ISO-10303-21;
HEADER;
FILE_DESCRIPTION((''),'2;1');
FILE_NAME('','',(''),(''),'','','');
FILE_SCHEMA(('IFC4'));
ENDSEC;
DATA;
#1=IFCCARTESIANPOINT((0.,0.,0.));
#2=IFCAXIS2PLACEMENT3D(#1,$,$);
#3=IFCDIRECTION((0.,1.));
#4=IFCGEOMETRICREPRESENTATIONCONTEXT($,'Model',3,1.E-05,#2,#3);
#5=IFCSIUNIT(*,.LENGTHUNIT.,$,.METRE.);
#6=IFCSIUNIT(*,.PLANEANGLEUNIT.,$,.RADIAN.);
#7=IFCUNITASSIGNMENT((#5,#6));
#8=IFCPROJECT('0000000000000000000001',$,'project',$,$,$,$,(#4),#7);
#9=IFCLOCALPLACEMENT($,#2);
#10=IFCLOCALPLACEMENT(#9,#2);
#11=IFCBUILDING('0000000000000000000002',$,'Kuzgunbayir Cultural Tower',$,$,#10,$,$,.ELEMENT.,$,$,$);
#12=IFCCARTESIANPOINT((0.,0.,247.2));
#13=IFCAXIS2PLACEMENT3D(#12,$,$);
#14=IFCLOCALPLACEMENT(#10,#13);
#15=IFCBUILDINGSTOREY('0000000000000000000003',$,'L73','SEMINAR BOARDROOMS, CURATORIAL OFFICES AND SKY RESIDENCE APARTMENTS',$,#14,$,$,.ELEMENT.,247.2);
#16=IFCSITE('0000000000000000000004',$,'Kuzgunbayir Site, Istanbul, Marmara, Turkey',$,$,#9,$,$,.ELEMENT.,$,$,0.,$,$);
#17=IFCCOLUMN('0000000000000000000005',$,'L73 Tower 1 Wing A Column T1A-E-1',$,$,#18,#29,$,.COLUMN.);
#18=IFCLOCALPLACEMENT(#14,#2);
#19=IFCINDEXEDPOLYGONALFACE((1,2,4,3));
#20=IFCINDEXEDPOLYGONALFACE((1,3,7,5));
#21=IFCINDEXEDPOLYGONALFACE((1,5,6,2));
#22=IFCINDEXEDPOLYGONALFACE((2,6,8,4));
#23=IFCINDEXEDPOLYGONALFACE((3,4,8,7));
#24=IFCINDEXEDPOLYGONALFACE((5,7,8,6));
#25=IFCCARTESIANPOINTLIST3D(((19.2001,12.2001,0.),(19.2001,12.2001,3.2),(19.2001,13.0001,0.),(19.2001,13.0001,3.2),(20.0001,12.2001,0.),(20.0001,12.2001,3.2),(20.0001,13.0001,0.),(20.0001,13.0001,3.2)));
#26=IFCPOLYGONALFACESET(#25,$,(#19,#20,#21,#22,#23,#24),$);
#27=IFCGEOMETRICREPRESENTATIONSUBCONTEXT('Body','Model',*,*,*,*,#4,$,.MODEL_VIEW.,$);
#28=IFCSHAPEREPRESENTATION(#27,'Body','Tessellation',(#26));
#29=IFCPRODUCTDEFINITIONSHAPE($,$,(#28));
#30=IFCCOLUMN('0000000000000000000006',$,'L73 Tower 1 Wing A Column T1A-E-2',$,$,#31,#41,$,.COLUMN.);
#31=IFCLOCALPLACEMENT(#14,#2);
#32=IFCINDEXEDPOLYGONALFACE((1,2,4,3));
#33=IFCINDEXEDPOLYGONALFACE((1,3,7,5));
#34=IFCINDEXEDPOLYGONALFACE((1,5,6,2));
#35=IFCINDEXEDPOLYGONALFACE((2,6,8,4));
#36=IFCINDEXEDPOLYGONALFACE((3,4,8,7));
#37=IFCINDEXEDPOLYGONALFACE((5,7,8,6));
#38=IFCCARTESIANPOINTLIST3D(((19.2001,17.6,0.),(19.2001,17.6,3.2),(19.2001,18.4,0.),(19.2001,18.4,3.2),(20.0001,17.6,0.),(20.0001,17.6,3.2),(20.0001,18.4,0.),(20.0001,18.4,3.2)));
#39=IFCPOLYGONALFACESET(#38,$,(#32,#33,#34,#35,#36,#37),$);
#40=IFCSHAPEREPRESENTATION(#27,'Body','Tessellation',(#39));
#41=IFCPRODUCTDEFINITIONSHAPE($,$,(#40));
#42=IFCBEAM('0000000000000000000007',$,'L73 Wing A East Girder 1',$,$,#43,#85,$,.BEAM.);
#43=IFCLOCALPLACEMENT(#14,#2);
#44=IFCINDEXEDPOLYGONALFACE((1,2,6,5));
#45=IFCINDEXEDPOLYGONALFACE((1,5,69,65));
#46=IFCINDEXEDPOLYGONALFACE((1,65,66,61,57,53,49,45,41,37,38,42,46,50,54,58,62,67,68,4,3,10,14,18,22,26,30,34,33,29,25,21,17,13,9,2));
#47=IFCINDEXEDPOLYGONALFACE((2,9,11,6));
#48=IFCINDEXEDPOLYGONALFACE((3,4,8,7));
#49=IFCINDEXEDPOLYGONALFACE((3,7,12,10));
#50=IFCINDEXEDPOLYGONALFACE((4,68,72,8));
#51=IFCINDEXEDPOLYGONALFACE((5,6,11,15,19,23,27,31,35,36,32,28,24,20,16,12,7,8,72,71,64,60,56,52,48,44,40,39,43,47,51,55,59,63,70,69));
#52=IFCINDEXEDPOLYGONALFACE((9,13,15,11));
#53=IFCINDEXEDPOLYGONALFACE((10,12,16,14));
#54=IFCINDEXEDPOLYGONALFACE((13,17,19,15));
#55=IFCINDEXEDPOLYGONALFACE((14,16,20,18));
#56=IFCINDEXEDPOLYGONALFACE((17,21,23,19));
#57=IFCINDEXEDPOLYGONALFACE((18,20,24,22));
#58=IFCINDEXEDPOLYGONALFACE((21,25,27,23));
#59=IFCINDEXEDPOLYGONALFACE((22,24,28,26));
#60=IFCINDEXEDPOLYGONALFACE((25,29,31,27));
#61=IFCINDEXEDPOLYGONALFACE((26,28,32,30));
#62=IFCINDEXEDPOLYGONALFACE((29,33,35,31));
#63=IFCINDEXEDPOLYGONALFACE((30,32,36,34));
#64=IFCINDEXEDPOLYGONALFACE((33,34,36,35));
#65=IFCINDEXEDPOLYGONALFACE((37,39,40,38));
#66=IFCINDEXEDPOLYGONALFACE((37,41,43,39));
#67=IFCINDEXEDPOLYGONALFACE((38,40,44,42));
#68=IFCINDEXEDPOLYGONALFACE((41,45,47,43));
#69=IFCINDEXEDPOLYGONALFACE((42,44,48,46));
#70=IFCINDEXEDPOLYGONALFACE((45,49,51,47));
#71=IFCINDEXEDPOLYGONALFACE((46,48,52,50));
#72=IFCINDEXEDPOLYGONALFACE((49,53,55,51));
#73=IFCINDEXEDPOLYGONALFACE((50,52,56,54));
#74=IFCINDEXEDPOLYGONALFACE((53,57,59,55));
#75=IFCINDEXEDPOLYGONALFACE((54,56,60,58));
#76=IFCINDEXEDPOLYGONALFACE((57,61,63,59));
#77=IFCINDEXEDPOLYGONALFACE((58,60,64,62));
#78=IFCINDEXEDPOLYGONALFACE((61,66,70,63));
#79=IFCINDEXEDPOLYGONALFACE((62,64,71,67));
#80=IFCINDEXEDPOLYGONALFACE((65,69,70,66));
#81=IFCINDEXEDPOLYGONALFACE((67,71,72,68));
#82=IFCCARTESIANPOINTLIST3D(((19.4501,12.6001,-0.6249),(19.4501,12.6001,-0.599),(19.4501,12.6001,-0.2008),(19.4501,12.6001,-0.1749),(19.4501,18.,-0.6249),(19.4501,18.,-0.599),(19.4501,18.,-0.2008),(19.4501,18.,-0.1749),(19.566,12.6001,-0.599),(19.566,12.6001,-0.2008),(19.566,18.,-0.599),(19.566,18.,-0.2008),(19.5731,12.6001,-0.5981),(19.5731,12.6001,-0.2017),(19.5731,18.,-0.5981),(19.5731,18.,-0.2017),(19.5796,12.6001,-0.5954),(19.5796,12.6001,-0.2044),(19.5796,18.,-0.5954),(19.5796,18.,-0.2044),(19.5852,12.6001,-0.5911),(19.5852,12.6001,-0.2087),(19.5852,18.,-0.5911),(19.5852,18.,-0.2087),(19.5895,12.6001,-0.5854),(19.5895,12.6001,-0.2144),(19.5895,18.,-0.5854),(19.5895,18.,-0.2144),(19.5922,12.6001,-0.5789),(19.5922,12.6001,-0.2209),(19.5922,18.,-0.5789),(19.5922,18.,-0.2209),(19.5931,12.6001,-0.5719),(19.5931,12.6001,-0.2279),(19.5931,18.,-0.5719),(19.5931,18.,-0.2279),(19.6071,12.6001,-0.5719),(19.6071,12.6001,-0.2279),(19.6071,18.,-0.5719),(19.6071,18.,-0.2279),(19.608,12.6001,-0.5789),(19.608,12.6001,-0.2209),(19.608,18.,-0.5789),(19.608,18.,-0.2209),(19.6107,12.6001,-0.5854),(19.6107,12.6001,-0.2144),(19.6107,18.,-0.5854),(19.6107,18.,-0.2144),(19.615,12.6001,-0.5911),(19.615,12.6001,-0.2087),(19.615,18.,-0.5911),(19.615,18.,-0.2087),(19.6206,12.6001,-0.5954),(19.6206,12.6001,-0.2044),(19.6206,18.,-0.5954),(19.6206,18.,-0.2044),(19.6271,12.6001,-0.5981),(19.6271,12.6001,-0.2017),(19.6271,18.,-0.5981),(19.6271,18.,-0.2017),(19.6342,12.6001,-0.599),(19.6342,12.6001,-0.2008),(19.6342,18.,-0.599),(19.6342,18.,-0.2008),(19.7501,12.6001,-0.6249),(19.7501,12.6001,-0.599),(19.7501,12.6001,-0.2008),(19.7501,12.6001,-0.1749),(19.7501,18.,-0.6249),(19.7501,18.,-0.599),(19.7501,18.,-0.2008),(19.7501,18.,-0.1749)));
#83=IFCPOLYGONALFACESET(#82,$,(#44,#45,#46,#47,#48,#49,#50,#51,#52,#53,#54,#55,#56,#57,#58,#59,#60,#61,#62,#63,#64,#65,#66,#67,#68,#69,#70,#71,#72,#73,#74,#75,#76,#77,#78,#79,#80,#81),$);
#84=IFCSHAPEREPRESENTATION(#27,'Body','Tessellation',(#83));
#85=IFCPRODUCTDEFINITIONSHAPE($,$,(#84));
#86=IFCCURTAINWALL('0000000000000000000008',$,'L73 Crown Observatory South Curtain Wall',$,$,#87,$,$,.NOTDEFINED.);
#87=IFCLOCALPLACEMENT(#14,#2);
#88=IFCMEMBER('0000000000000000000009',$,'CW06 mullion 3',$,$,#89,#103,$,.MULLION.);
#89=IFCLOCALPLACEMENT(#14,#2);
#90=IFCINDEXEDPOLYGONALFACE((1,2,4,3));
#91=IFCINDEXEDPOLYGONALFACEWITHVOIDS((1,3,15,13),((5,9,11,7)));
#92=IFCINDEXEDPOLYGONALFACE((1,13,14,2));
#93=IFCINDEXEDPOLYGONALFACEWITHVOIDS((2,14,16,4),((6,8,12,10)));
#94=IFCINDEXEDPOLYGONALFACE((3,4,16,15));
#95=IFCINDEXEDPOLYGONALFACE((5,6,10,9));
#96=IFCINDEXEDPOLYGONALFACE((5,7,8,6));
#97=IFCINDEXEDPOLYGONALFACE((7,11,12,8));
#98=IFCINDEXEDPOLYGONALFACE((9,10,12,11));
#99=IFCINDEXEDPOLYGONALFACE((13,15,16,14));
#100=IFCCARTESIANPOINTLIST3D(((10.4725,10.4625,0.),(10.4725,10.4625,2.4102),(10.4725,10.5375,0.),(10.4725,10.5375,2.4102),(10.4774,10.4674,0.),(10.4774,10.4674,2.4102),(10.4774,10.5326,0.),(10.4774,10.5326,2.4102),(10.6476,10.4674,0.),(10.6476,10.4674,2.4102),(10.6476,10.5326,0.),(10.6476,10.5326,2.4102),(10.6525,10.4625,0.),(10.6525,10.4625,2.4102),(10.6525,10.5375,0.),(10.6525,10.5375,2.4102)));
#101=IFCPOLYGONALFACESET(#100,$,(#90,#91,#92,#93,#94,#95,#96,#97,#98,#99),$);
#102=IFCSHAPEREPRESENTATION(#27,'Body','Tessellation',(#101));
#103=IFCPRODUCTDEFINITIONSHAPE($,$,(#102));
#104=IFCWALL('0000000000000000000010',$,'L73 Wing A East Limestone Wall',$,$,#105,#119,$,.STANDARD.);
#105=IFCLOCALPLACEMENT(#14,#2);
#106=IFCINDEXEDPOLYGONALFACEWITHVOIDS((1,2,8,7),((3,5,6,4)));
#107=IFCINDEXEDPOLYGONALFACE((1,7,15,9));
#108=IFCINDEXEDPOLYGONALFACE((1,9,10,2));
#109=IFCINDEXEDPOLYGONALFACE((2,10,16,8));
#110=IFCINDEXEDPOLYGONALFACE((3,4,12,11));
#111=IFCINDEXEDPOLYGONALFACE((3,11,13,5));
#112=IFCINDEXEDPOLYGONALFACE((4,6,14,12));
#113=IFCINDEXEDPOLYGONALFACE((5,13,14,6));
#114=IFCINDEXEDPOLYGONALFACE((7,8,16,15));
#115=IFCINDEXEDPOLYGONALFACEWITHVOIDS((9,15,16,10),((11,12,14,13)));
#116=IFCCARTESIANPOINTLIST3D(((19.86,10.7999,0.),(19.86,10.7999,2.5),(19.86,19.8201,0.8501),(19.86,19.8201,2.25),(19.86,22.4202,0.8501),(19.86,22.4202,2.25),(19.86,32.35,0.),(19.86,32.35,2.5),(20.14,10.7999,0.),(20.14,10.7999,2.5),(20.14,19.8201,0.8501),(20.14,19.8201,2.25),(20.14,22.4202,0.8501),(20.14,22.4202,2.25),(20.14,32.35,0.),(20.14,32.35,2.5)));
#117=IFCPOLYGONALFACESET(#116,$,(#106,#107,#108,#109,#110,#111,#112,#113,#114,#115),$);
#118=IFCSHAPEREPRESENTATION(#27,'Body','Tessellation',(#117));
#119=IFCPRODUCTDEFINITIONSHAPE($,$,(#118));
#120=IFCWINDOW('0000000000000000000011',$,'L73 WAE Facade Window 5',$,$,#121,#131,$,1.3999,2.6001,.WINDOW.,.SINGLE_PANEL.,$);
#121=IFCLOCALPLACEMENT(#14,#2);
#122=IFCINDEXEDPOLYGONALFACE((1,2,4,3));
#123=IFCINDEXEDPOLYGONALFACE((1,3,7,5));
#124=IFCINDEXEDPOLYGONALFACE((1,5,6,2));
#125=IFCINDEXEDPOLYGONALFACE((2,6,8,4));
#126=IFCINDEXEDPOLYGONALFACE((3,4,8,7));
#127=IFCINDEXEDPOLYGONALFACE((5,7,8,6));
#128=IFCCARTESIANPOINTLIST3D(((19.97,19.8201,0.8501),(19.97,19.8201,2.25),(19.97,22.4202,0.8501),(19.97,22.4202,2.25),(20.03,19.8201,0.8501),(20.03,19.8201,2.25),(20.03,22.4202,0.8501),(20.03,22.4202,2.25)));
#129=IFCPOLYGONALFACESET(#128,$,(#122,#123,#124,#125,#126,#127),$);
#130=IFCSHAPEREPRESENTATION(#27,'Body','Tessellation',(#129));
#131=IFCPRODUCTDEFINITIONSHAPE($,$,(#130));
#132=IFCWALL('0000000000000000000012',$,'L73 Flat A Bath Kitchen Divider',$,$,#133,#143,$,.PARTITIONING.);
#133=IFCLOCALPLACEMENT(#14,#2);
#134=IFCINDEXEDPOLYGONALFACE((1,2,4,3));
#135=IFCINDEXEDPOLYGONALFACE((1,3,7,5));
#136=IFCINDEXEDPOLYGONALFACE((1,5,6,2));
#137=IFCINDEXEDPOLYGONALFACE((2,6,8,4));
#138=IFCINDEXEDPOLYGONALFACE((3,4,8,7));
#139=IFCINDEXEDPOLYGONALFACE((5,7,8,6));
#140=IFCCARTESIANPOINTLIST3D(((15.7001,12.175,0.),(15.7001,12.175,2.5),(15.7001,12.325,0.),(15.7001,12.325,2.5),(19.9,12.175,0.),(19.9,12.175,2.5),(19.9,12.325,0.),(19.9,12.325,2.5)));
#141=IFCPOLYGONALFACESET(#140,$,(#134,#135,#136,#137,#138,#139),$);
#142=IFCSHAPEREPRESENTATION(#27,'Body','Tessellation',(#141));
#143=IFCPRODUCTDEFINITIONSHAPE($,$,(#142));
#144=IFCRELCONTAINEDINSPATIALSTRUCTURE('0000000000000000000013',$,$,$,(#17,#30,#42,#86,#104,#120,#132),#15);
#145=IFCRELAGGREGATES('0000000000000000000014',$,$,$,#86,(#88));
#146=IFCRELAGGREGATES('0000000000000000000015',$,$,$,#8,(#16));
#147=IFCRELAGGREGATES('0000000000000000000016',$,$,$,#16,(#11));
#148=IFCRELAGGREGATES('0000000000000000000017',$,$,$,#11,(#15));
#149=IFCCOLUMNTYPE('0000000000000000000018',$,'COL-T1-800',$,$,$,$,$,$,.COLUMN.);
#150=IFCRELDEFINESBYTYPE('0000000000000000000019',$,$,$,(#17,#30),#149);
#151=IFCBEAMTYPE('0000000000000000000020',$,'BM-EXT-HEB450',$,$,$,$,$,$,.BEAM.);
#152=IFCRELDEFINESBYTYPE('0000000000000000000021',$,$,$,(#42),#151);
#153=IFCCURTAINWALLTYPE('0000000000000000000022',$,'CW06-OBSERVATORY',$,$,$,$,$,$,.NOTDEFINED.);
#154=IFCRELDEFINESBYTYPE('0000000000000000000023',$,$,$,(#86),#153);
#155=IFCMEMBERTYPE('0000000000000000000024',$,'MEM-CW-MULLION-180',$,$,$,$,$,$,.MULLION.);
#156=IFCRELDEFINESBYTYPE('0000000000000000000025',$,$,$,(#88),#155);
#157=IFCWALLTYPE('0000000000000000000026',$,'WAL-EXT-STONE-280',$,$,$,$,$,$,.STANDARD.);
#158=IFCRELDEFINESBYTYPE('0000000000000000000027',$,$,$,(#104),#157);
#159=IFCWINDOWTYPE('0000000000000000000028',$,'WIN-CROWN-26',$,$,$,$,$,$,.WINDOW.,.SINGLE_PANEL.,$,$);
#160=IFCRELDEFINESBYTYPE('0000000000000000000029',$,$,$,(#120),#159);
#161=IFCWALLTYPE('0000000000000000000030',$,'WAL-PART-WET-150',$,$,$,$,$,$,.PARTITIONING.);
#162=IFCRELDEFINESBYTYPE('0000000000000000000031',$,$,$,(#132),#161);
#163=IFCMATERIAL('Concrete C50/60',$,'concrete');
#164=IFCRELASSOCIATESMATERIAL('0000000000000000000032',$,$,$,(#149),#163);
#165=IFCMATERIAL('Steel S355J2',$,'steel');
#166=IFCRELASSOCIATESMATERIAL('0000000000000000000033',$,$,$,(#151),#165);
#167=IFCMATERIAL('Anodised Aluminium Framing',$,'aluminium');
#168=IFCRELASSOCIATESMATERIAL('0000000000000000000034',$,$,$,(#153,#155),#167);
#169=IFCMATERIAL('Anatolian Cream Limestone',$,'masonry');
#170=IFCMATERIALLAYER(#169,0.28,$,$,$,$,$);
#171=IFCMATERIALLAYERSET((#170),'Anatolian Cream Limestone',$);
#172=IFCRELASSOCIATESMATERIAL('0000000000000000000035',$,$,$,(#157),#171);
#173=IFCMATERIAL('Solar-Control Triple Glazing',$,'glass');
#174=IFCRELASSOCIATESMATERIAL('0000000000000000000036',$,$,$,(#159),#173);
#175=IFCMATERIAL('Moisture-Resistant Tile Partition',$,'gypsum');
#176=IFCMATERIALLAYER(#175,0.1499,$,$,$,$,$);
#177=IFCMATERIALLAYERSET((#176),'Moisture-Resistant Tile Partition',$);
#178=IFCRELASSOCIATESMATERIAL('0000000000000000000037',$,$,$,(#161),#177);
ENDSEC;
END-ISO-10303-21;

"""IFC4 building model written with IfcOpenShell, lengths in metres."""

from ifc_helpers import new_model, si_unit, direction, frame, frame_2d, origin, origin_2d, place, context, subcontext, project, spatial, rectangle, hollow_rectangle, i_section, extrude, material, layer, layer_set, material_profile, profile_set, type_object, element, fill, aggregate, save


model = new_model("IFC4")

# Units and contexts
model_context = context("Model", 3, precision=1e-05, world=origin(), true_north=direction((0.0, 1.0)))
body_context = subcontext(model_context, "Body", "Model", "MODEL_VIEW")
ifc_project = project(units=[si_unit("LENGTHUNIT", "METRE"), si_unit("PLANEANGLEUNIT", "RADIAN")], contexts=[model_context])

# Site, building, storey
site_placement = place(None, origin())
site = spatial("IfcSite", under=ifc_project, at=site_placement, Name="Kuzgunbayir Site, Istanbul, Marmara, Turkey", CompositionType="ELEMENT", RefElevation=0.0)
building_placement = place(site_placement, origin())
building = spatial("IfcBuilding", under=site, at=building_placement, Name="Kuzgunbayir Cultural Tower", CompositionType="ELEMENT")
storey_placement = place(building_placement, frame((0.0, 0.0, 247.2)))
storey = spatial("IfcBuildingStorey", under=building, at=storey_placement, Name="L73", Description="SEMINAR BOARDROOMS, CURATORIAL OFFICES AND SKY RESIDENCE APARTMENTS", CompositionType="ELEMENT", Elevation=247.2)

# Columns
ifc_material_1 = material(Name="Concrete C50/60", Category="concrete")
ifc_material_profile_1 = material_profile(ifc_material_1, rectangle(XDim=0.8, YDim=0.8, at=origin_2d()), Name="RC 800x800")
ifc_profile_set_1 = profile_set([ifc_material_profile_1], Name="Concrete C50/60")
column_type = type_object("IfcColumnType", Name="COL-T1-800", PredefinedType="COLUMN", material=ifc_profile_set_1)
for number, where, z_axis, x_axis, name in (
    (1, (19.6001, 12.6001, 0.0), (0.0, 0.0, 1.0), (1.0, 0.0, 0.0), "L73 Tower 1 Wing A Column T1A-E-1"),
    (2, (19.6001, 18.0, 0.0), (0.0, 0.0, 1.0), (1.0, 0.0, 0.0), "L73 Tower 1 Wing A Column T1A-E-2"),
):
    element("IfcColumn", number, at=place(storey_placement, frame(where, z_axis=z_axis, x_axis=x_axis)), inside=storey, type_object=column_type, Name=name, PredefinedType="COLUMN", context=body_context, shape_type="SweptSolid", body=[
        extrude(rectangle(XDim=0.8, YDim=0.8, at=origin_2d()), origin(), (0.0, 0.0, 1.0), 3.2),
    ])

# Beam
ifc_material_2 = material(Name="Steel S355J2", Category="steel")
ifc_material_profile_2 = material_profile(ifc_material_2, i_section(OverallWidth=0.3, OverallDepth=0.45, WebThickness=0.0139, FlangeThickness=0.0259, FilletRadius=0.0271, at=origin_2d()), Name="HEB 450")
ifc_profile_set_2 = profile_set([ifc_material_profile_2], Name="Steel S355J2")
beam_type = type_object("IfcBeamType", Name="BM-EXT-HEB450", PredefinedType="BEAM", material=ifc_profile_set_2)
beam_placement = place(storey_placement, frame((19.6001, 12.6001, -0.3999), z_axis=(0.0, 1.0, 0.0), x_axis=(-1.0, 0.0, 0.0)))
element("IfcBeam", 3, at=beam_placement, inside=storey, type_object=beam_type, Name="L73 Wing A East Girder 1", PredefinedType="BEAM", context=body_context, shape_type="SweptSolid", body=[
    extrude(i_section(OverallWidth=0.3, OverallDepth=0.45, WebThickness=0.0139, FlangeThickness=0.0259, FilletRadius=0.0271, at=origin_2d()), origin(), (0.0, 0.0, 1.0), 5.3999),
])

# Curtain wall, member
ifc_material_3 = material(Name="Anodised Aluminium Framing", Category="aluminium")
curtain_wall_type = type_object("IfcCurtainWallType", Name="CW06-OBSERVATORY", PredefinedType="NOTDEFINED", material=ifc_material_3)
curtain_wall_placement = place(storey_placement, origin())
curtain_wall = element("IfcCurtainWall", 4, at=curtain_wall_placement, inside=storey, type_object=curtain_wall_type, Name="L73 Crown Observatory South Curtain Wall", PredefinedType="NOTDEFINED")
ifc_material_profile_3 = material_profile(ifc_material_3, hollow_rectangle(XDim=0.075, YDim=0.1799, WallThickness=0.0049, at=origin_2d()), Name="RHS 180x75x5")
ifc_profile_set_3 = profile_set([ifc_material_profile_3], Name="Anodised Aluminium Framing")
member_type = type_object("IfcMemberType", Name="MEM-CW-MULLION-180", PredefinedType="MULLION", material=ifc_profile_set_3)
member_placement = place(storey_placement, frame((10.5625, 10.5, 0.0), z_axis=(0.0, 0.0, 1.0), x_axis=(0.0, 1.0, 0.0)))
member = element("IfcMember", 5, at=member_placement, type_object=member_type, Name="CW06 mullion 3", PredefinedType="MULLION", context=body_context, shape_type="SweptSolid", body=[
    extrude(hollow_rectangle(XDim=0.075, YDim=0.1799, WallThickness=0.0049, at=origin_2d()), origin(), (0.0, 0.0, 1.0), 2.4102),
])
aggregate(curtain_wall, [member])

# Wall, opening, window
ifc_material_4 = material(Name="Anatolian Cream Limestone", Category="masonry")
ifc_layer_1 = layer(ifc_material_4, 0.28)
ifc_layer_set_1 = layer_set([ifc_layer_1], Name="Anatolian Cream Limestone")
wall_type_1 = type_object("IfcWallType", Name="WAL-EXT-STONE-280", PredefinedType="STANDARD", material=ifc_layer_set_1)
wall_1_placement = place(storey_placement, frame((20.0, 10.8, 0.0), z_axis=(0.0, 0.0, 1.0), x_axis=(0.0, 1.0, 0.0)))
wall_1 = element("IfcWall", 6, at=wall_1_placement, inside=storey, type_object=wall_type_1, Name="L73 Wing A East Limestone Wall", PredefinedType="STANDARD", context=body_context, shape_type="SweptSolid", body=[
    extrude(rectangle(XDim=21.55, YDim=0.28, at=frame_2d((10.7749, 0.0))), origin(), (0.0, 0.0, 1.0), 2.5),
])
opening_1_placement = place(wall_1_placement, frame((9.02, 0.0, 0.8501)))
opening_1 = element("IfcOpeningElement", 7, at=opening_1_placement, cuts=wall_1, PredefinedType="OPENING", context=body_context, shape_type="SweptSolid", body=[
    extrude(rectangle(XDim=2.6001, YDim=1.3999, at=frame_2d((1.3, 0.7))), frame((0.0, 0.1499, 0.0), z_axis=(0.0, -1.0, 0.0), x_axis=(1.0, 0.0, 0.0)), (0.0, 0.0, 1.0), 0.3),
])
ifc_material_5 = material(Name="Solar-Control Triple Glazing", Category="glass")
window_type = type_object("IfcWindowType", Name="WIN-CROWN-26", PartitioningType="SINGLE_PANEL", PredefinedType="WINDOW", material=ifc_material_5)
window_placement = place(opening_1_placement, origin())
window = element("IfcWindow", 8, at=window_placement, inside=storey, type_object=window_type, Name="L73 WAE Facade Window 5", OverallHeight=1.3999, OverallWidth=2.6001, PartitioningType="SINGLE_PANEL", PredefinedType="WINDOW", context=body_context, shape_type="SweptSolid", body=[
    extrude(rectangle(XDim=2.6001, YDim=1.3999, at=frame_2d((1.3, 0.7))), frame((0.0, 0.03, 0.0), z_axis=(0.0, -1.0, 0.0), x_axis=(1.0, 0.0, 0.0)), (0.0, 0.0, 1.0), 0.0601),
])
fill(opening_1, window)

# Shared definitions
ifc_material_6 = material(Name="Moisture-Resistant Tile Partition", Category="gypsum")
ifc_layer_2 = layer(ifc_material_6, 0.1499)
ifc_layer_set_2 = layer_set([ifc_layer_2], Name="Moisture-Resistant Tile Partition")
wall_type_2 = type_object("IfcWallType", Name="WAL-PART-WET-150", PredefinedType="PARTITIONING", material=ifc_layer_set_2)

# Wall
wall_2_placement = place(storey_placement, frame((15.7, 12.25, 0.0), z_axis=(0.0, 0.0, 1.0), x_axis=(1.0, 0.0, 0.0)))
element("IfcWall", 9, at=wall_2_placement, inside=storey, type_object=wall_type_2, Name="L73 Flat A Bath Kitchen Divider", PredefinedType="PARTITIONING", context=body_context, shape_type="SweptSolid", body=[
    extrude(rectangle(XDim=4.2, YDim=0.1499, at=frame_2d((2.1001, 0.0))), origin(), (0.0, 0.0, 1.0), 2.5),
])

save(model, "model.ifc")
